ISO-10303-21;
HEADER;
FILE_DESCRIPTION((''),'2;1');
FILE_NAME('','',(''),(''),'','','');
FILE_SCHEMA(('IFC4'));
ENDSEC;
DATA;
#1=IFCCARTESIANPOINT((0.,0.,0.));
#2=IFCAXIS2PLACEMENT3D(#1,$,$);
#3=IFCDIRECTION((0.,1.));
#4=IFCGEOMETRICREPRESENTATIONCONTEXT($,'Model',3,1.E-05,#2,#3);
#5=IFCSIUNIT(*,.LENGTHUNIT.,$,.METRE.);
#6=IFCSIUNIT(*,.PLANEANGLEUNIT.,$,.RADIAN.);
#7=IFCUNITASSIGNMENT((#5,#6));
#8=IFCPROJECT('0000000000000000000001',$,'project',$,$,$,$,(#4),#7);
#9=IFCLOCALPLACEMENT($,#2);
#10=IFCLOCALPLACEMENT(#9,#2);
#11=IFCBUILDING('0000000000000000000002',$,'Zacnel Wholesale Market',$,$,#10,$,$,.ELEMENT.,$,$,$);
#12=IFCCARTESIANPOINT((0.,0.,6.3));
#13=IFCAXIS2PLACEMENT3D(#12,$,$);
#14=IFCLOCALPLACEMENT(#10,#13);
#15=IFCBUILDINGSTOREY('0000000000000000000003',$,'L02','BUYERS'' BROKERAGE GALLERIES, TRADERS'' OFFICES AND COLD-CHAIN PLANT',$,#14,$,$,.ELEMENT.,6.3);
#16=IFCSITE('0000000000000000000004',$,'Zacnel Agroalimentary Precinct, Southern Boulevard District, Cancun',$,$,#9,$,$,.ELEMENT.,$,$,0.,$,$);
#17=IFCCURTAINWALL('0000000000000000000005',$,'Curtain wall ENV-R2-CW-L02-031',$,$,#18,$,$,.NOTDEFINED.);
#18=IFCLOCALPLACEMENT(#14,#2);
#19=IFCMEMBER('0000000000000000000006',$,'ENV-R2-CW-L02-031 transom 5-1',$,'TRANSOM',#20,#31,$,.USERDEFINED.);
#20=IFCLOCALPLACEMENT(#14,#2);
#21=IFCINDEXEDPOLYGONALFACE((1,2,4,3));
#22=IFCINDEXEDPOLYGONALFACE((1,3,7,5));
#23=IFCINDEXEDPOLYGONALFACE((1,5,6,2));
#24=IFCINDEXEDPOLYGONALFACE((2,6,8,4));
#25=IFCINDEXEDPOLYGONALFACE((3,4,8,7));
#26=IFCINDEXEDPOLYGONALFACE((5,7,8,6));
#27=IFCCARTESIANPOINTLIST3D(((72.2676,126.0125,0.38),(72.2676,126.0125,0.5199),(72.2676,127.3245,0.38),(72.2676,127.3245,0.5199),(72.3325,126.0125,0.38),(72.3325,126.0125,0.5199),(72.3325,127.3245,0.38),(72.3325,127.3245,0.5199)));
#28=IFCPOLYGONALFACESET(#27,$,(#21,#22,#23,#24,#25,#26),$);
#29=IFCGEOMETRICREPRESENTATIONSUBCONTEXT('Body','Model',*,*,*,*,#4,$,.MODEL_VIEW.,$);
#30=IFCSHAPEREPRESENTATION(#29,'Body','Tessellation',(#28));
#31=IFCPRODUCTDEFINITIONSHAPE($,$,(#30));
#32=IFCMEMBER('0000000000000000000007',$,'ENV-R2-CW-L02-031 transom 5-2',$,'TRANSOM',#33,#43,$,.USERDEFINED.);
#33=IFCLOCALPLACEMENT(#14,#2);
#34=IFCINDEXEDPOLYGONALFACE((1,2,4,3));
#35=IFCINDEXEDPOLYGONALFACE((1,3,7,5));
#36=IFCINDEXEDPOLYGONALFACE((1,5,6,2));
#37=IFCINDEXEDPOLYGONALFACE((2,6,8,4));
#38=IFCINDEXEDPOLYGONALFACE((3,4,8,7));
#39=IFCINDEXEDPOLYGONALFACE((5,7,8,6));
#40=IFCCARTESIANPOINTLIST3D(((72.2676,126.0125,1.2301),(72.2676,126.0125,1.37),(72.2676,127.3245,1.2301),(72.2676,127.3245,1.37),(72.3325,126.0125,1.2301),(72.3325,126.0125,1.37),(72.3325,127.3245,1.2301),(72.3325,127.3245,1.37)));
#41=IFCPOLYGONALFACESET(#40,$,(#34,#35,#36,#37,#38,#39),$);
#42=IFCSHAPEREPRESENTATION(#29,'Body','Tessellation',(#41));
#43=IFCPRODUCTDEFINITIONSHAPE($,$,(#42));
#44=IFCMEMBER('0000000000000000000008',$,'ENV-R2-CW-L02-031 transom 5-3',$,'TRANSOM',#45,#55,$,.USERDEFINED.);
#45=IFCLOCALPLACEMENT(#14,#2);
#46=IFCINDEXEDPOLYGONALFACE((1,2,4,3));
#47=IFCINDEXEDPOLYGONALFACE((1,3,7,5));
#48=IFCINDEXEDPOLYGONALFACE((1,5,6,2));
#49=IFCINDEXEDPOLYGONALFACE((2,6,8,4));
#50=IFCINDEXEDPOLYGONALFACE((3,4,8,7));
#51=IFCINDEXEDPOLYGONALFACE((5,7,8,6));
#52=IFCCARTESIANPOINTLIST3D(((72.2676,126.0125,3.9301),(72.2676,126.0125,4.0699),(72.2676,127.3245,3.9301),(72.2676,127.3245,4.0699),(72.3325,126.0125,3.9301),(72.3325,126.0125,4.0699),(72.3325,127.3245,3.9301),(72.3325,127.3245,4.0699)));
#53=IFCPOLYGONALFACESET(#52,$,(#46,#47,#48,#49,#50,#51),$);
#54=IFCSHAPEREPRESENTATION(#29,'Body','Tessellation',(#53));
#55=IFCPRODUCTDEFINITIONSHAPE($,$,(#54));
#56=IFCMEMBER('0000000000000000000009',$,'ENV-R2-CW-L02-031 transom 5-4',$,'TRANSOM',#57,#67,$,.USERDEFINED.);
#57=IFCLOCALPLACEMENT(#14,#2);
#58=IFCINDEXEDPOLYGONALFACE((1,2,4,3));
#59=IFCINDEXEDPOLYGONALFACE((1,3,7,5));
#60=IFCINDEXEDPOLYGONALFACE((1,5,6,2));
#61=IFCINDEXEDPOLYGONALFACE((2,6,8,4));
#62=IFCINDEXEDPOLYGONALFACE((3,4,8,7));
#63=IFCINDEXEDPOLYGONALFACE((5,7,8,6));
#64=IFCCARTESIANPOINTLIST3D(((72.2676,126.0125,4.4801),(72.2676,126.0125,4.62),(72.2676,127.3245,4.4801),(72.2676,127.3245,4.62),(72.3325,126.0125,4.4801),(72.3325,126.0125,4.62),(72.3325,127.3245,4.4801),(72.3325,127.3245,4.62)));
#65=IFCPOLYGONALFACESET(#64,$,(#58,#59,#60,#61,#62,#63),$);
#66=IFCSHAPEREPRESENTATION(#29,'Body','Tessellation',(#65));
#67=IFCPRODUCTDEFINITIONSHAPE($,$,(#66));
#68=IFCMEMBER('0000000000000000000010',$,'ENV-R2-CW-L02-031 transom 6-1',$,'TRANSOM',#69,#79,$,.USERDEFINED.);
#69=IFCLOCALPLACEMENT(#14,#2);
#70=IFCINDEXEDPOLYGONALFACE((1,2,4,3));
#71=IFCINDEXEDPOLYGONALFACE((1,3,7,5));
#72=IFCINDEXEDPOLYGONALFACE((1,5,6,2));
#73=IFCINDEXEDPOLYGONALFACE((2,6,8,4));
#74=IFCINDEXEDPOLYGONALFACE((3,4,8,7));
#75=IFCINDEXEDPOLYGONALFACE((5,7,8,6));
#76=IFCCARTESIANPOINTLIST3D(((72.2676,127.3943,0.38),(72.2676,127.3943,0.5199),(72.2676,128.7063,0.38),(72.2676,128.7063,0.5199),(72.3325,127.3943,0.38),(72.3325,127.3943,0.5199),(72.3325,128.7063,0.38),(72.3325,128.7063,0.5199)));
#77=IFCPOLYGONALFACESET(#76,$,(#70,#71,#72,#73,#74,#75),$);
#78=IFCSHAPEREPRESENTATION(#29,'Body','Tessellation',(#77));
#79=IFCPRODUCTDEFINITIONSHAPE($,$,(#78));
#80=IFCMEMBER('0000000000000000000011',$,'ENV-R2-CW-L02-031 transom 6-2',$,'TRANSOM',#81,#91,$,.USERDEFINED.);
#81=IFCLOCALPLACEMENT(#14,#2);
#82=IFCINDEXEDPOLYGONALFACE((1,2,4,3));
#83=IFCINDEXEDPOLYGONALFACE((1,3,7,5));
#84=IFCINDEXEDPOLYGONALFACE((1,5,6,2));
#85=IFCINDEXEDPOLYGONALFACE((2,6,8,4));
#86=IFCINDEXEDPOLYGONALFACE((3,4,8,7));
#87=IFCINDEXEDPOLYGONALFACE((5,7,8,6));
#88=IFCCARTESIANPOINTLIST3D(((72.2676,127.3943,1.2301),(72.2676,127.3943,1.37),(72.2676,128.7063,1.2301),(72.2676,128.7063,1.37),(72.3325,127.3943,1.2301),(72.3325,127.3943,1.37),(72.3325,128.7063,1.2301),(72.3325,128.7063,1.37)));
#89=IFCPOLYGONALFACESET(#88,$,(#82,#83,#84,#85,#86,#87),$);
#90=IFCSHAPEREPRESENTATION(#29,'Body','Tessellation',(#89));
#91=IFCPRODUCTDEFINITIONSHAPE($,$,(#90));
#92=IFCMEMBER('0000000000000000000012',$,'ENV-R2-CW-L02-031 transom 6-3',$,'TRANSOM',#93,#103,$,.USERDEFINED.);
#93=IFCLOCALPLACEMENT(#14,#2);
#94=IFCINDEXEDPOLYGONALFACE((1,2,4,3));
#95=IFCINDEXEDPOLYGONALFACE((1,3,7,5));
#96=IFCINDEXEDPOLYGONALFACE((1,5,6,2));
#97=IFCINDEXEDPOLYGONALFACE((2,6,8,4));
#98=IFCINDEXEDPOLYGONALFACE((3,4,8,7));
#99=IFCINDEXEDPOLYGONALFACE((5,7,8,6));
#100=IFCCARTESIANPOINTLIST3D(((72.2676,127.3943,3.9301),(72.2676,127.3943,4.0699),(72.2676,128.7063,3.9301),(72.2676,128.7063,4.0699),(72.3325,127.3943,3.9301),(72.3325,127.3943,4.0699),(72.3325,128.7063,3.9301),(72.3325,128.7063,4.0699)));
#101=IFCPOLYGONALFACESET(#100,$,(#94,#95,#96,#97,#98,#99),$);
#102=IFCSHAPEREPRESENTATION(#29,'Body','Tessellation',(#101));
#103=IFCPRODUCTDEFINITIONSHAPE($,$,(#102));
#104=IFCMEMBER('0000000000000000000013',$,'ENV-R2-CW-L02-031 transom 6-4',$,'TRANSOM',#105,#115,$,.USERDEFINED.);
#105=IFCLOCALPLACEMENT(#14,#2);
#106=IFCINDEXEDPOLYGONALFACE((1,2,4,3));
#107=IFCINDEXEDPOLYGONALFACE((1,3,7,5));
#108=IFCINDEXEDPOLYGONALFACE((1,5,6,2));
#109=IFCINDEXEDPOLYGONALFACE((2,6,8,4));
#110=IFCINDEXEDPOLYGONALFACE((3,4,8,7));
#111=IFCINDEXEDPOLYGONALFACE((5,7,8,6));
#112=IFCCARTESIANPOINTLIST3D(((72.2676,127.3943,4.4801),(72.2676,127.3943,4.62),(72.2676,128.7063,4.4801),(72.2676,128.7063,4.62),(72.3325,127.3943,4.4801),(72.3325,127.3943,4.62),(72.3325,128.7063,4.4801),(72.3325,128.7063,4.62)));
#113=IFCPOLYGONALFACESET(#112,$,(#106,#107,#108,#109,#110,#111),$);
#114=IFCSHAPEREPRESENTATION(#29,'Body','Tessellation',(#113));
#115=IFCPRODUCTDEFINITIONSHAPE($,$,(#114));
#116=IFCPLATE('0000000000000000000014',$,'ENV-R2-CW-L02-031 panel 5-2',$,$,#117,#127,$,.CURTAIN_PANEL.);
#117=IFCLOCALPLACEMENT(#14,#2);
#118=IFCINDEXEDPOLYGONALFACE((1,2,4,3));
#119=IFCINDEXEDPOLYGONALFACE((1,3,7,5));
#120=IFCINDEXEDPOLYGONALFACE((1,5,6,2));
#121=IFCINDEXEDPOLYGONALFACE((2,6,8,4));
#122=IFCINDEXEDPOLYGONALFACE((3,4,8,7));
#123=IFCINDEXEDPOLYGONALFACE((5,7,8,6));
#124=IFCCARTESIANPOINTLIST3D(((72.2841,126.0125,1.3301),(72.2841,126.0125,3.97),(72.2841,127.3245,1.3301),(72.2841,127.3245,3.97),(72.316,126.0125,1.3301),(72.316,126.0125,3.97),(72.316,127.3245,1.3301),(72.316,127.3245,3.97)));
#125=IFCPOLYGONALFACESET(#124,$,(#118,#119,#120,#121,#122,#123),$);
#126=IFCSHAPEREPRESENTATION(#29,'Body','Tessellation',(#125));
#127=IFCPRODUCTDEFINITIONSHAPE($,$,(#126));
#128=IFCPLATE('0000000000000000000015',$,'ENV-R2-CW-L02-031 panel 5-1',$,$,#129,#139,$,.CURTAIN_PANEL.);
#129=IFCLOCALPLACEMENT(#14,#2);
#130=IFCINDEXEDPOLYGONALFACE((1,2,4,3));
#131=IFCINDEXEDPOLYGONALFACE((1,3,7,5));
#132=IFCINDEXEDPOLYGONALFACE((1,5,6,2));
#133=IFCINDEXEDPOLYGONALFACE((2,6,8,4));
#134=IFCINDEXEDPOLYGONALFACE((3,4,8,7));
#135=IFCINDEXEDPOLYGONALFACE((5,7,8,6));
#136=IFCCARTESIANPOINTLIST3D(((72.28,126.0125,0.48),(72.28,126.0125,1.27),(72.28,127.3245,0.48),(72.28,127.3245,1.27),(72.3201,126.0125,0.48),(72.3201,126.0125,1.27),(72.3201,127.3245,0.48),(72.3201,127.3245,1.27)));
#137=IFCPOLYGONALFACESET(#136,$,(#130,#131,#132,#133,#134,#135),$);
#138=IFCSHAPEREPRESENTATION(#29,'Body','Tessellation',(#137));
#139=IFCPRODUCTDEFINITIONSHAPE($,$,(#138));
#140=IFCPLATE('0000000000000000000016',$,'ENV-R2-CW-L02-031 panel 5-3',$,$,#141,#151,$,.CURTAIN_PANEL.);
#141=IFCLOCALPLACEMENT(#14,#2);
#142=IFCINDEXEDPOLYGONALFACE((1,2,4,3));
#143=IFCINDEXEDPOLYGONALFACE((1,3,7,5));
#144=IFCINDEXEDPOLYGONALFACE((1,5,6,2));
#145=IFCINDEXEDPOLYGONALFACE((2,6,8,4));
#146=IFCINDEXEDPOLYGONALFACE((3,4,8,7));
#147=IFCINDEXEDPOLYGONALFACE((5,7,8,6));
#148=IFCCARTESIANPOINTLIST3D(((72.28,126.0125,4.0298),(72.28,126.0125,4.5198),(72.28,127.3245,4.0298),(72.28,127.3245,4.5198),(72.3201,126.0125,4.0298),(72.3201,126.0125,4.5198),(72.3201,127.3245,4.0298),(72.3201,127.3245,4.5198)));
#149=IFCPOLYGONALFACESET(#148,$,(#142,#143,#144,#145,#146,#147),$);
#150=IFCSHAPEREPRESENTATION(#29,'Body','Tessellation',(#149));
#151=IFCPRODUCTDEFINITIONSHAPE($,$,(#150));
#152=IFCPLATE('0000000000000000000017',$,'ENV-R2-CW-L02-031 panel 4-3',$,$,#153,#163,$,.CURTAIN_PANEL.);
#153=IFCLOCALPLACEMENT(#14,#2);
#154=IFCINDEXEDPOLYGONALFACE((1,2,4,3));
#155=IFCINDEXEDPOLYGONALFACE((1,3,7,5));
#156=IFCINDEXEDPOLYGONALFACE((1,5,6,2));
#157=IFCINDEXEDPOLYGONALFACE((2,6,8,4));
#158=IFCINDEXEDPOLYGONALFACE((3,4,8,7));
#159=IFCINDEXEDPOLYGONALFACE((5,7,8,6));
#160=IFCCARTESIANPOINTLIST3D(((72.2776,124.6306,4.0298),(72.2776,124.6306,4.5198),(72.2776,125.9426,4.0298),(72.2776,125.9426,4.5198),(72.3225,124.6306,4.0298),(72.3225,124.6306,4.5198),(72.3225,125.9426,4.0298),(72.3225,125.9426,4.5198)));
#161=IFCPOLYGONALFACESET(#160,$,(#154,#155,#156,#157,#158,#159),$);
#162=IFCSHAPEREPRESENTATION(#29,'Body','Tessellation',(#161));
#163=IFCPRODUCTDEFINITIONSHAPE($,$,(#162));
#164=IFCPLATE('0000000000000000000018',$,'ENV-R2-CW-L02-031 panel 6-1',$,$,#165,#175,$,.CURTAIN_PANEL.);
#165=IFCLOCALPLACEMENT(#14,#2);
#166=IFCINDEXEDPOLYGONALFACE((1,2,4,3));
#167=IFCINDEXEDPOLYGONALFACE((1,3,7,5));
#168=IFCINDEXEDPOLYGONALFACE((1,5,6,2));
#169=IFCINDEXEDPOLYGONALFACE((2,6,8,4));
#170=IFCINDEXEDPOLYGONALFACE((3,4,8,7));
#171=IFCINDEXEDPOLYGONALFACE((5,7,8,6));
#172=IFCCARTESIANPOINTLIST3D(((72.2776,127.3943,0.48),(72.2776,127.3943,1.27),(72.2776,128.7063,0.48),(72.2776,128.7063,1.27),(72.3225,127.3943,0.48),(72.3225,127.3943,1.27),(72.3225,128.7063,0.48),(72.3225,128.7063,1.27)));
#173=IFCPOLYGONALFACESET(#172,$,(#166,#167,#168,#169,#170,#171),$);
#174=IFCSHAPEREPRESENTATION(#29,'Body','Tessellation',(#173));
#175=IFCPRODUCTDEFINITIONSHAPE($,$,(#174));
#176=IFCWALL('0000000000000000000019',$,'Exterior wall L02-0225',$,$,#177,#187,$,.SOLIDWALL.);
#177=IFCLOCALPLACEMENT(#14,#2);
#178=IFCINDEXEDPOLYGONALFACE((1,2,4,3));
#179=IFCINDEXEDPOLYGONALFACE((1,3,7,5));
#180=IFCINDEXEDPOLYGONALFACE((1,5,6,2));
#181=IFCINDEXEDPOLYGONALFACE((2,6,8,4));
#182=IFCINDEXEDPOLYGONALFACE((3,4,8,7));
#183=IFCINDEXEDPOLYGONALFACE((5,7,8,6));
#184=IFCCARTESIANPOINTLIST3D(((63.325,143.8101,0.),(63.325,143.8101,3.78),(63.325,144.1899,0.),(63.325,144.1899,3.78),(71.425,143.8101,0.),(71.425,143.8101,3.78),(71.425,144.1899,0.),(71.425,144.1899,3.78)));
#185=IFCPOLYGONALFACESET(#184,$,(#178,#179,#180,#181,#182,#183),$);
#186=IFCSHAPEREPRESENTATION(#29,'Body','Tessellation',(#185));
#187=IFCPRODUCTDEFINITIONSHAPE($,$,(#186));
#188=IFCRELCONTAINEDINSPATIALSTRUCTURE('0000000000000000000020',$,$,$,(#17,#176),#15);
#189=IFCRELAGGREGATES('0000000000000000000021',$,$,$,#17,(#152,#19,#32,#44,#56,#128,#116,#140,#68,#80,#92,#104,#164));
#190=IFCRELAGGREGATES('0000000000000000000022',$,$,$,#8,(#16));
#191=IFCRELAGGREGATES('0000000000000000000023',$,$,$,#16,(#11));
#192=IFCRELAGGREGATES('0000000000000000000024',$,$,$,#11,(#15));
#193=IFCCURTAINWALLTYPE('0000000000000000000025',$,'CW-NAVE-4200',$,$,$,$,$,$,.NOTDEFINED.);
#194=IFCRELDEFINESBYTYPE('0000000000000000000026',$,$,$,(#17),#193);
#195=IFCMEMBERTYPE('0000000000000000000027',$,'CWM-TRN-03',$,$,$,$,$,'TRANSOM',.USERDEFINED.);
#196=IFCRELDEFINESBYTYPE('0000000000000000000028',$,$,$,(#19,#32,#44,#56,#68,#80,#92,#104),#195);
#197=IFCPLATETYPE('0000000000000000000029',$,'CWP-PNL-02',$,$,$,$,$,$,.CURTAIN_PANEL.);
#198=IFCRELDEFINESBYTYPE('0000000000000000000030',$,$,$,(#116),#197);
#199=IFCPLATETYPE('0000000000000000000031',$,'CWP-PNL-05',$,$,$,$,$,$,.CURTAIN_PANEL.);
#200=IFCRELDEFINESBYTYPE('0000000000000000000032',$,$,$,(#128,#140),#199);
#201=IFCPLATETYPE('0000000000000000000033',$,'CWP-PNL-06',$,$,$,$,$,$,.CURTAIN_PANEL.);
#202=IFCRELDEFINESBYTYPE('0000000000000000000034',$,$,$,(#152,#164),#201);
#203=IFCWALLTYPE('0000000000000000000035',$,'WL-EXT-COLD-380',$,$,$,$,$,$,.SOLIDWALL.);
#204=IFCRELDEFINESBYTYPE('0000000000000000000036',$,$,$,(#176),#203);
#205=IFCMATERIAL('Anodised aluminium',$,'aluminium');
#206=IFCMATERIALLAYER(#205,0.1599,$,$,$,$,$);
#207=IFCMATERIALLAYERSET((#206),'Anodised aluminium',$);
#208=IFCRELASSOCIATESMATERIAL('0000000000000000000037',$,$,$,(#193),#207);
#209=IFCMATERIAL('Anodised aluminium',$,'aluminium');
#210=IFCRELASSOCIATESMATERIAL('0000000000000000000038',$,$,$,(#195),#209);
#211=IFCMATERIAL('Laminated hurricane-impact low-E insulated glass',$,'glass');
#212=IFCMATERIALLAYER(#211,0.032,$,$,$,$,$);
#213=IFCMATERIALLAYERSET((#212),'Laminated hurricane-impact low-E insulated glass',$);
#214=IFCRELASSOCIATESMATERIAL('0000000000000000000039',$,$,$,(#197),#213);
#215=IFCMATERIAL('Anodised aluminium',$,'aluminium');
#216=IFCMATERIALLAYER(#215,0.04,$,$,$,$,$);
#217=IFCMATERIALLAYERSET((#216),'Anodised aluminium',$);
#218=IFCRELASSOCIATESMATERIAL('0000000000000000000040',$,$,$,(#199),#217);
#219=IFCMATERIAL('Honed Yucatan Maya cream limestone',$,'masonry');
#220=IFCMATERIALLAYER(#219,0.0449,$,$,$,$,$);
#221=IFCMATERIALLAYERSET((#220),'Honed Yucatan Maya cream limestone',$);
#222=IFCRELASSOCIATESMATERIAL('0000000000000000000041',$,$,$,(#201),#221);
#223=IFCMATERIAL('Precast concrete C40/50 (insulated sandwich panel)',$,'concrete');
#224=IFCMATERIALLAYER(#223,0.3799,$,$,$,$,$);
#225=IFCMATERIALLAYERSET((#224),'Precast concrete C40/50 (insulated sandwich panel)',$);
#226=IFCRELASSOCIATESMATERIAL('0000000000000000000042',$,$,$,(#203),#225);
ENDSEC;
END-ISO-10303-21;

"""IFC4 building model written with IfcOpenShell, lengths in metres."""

from ifc_helpers import new_model, si_unit, direction, frame, frame_2d, origin, origin_2d, place, context, subcontext, project, spatial, rectangle, extrude, material, layer, layer_set, material_profile, profile_set, type_object, element, aggregate, save


model = new_model("IFC4")

# Units and contexts
model_context = context("Model", 3, precision=1e-05, world=origin(), true_north=direction((0.0, 1.0)))
body_context = subcontext(model_context, "Body", "Model", "MODEL_VIEW")
ifc_project = project(units=[si_unit("LENGTHUNIT", "METRE"), si_unit("PLANEANGLEUNIT", "RADIAN")], contexts=[model_context])

# Site, building, storey
site_placement = place(None, origin())
site = spatial("IfcSite", under=ifc_project, at=site_placement, Name="Zacnel Agroalimentary Precinct, Southern Boulevard District, Cancun", CompositionType="ELEMENT", RefElevation=0.0)
building_placement = place(site_placement, origin())
building = spatial("IfcBuilding", under=site, at=building_placement, Name="Zacnel Wholesale Market", CompositionType="ELEMENT")
storey_placement = place(building_placement, frame((0.0, 0.0, 6.3)))
storey = spatial("IfcBuildingStorey", under=building, at=storey_placement, Name="L02", Description="BUYERS' BROKERAGE GALLERIES, TRADERS' OFFICES AND COLD-CHAIN PLANT", CompositionType="ELEMENT", Elevation=6.3)

# Curtain wall, members, plates
ifc_material_1 = material(Name="Anodised aluminium", Category="aluminium")
ifc_layer_1 = layer(ifc_material_1, 0.1599)
ifc_layer_set_1 = layer_set([ifc_layer_1], Name="Anodised aluminium")
curtain_wall_type = type_object("IfcCurtainWallType", Name="CW-NAVE-4200", PredefinedType="NOTDEFINED", material=ifc_layer_set_1)
curtain_wall_placement = place(storey_placement, origin())
curtain_wall = element("IfcCurtainWall", 1, at=curtain_wall_placement, inside=storey, type_object=curtain_wall_type, Name="Curtain wall ENV-R2-CW-L02-031", PredefinedType="NOTDEFINED")
ifc_material_2 = material(Name="Anodised aluminium", Category="aluminium")
ifc_material_profile_1 = material_profile(ifc_material_2, rectangle(XDim=0.0649, YDim=0.1399, at=origin_2d()), Name="AW-TRANSOM 65x140")
ifc_profile_set_1 = profile_set([ifc_material_profile_1], Name="Anodised aluminium")
member_type_1 = type_object("IfcMemberType", Name="CWM-TRN-03", ElementType="TRANSOM", PredefinedType="USERDEFINED", material=ifc_profile_set_1)
member_1_placement = place(storey_placement, frame((72.3, 126.0125, 0.45), z_axis=(0.0, 1.0, 0.0), x_axis=(-1.0, 0.0, 0.0)))
member_1 = element("IfcMember", 2, at=member_1_placement, type_object=member_type_1, Name="ENV-R2-CW-L02-031 transom 5-1", ObjectType="TRANSOM", PredefinedType="USERDEFINED", context=body_context, shape_type="SweptSolid", body=[
    extrude(rectangle(XDim=0.0649, YDim=0.1399, at=origin_2d()), origin(), (0.0, 0.0, 1.0), 1.312),
])
member_2_placement = place(storey_placement, frame((72.3, 126.0125, 1.3), z_axis=(0.0, 1.0, 0.0), x_axis=(-1.0, 0.0, 0.0)))
member_2 = element("IfcMember", 3, at=member_2_placement, type_object=member_type_1, Name="ENV-R2-CW-L02-031 transom 5-2", ObjectType="TRANSOM", PredefinedType="USERDEFINED", context=body_context, shape_type="SweptSolid", body=[
    extrude(rectangle(XDim=0.0649, YDim=0.1399, at=origin_2d()), origin(), (0.0, 0.0, 1.0), 1.312),
])
member_3_placement = place(storey_placement, frame((72.3, 126.0125, 4.0), z_axis=(0.0, 1.0, 0.0), x_axis=(-1.0, 0.0, 0.0)))
member_3 = element("IfcMember", 4, at=member_3_placement, type_object=member_type_1, Name="ENV-R2-CW-L02-031 transom 5-3", ObjectType="TRANSOM", PredefinedType="USERDEFINED", context=body_context, shape_type="SweptSolid", body=[
    extrude(rectangle(XDim=0.0649, YDim=0.1399, at=origin_2d()), origin(), (0.0, 0.0, 1.0), 1.312),
])
member_4_placement = place(storey_placement, frame((72.3, 126.0125, 4.55), z_axis=(0.0, 1.0, 0.0), x_axis=(-1.0, 0.0, 0.0)))
member_4 = element("IfcMember", 5, at=member_4_placement, type_object=member_type_1, Name="ENV-R2-CW-L02-031 transom 5-4", ObjectType="TRANSOM", PredefinedType="USERDEFINED", context=body_context, shape_type="SweptSolid", body=[
    extrude(rectangle(XDim=0.0649, YDim=0.1399, at=origin_2d()), origin(), (0.0, 0.0, 1.0), 1.312),
])
member_5_placement = place(storey_placement, frame((72.3, 127.3943, 0.45), z_axis=(0.0, 1.0, 0.0), x_axis=(-1.0, 0.0, 0.0)))
member_5 = element("IfcMember", 6, at=member_5_placement, type_object=member_type_1, Name="ENV-R2-CW-L02-031 transom 6-1", ObjectType="TRANSOM", PredefinedType="USERDEFINED", context=body_context, shape_type="SweptSolid", body=[
    extrude(rectangle(XDim=0.0649, YDim=0.1399, at=origin_2d()), origin(), (0.0, 0.0, 1.0), 1.312),
])
member_6_placement = place(storey_placement, frame((72.3, 127.3943, 1.3), z_axis=(0.0, 1.0, 0.0), x_axis=(-1.0, 0.0, 0.0)))
member_6 = element("IfcMember", 7, at=member_6_placement, type_object=member_type_1, Name="ENV-R2-CW-L02-031 transom 6-2", ObjectType="TRANSOM", PredefinedType="USERDEFINED", context=body_context, shape_type="SweptSolid", body=[
    extrude(rectangle(XDim=0.0649, YDim=0.1399, at=origin_2d()), origin(), (0.0, 0.0, 1.0), 1.312),
])
member_7_placement = place(storey_placement, frame((72.3, 127.3943, 4.0), z_axis=(0.0, 1.0, 0.0), x_axis=(-1.0, 0.0, 0.0)))
member_7 = element("IfcMember", 8, at=member_7_placement, type_object=member_type_1, Name="ENV-R2-CW-L02-031 transom 6-3", ObjectType="TRANSOM", PredefinedType="USERDEFINED", context=body_context, shape_type="SweptSolid", body=[
    extrude(rectangle(XDim=0.0649, YDim=0.1399, at=origin_2d()), origin(), (0.0, 0.0, 1.0), 1.312),
])
member_8_placement = place(storey_placement, frame((72.3, 127.3943, 4.55), z_axis=(0.0, 1.0, 0.0), x_axis=(-1.0, 0.0, 0.0)))
member_8 = element("IfcMember", 9, at=member_8_placement, type_object=member_type_1, Name="ENV-R2-CW-L02-031 transom 6-4", ObjectType="TRANSOM", PredefinedType="USERDEFINED", context=body_context, shape_type="SweptSolid", body=[
    extrude(rectangle(XDim=0.0649, YDim=0.1399, at=origin_2d()), origin(), (0.0, 0.0, 1.0), 1.312),
])
ifc_material_3 = material(Name="Laminated hurricane-impact low-E insulated glass", Category="glass")
ifc_layer_2 = layer(ifc_material_3, 0.032)
ifc_layer_set_2 = layer_set([ifc_layer_2], Name="Laminated hurricane-impact low-E insulated glass")
plate_type_1 = type_object("IfcPlateType", Name="CWP-PNL-02", PredefinedType="CURTAIN_PANEL", material=ifc_layer_set_2)
plate_1_placement = place(storey_placement, frame((72.3, 126.6685, 1.3301), z_axis=(0.0, 0.0, 1.0), x_axis=(0.0, 1.0, 0.0)))
plate_1 = element("IfcPlate", 10, at=plate_1_placement, type_object=plate_type_1, Name="ENV-R2-CW-L02-031 panel 5-2", PredefinedType="CURTAIN_PANEL", context=body_context, shape_type="SweptSolid", body=[
    extrude(rectangle(XDim=1.312, YDim=0.032, at=origin_2d()), origin(), (0.0, 0.0, 1.0), 2.6399),
])
ifc_material_4 = material(Name="Anodised aluminium", Category="aluminium")
ifc_layer_3 = layer(ifc_material_4, 0.04)
ifc_layer_set_3 = layer_set([ifc_layer_3], Name="Anodised aluminium")
plate_type_2 = type_object("IfcPlateType", Name="CWP-PNL-05", PredefinedType="CURTAIN_PANEL", material=ifc_layer_set_3)
plate_2_placement = place(storey_placement, frame((72.3, 126.6685, 0.48), z_axis=(0.0, 0.0, 1.0), x_axis=(0.0, 1.0, 0.0)))
plate_2 = element("IfcPlate", 11, at=plate_2_placement, type_object=plate_type_2, Name="ENV-R2-CW-L02-031 panel 5-1", PredefinedType="CURTAIN_PANEL", context=body_context, shape_type="SweptSolid", body=[
    extrude(rectangle(XDim=1.312, YDim=0.04, at=origin_2d()), origin(), (0.0, 0.0, 1.0), 0.79),
])
plate_3_placement = place(storey_placement, frame((72.3, 126.6685, 4.0298), z_axis=(0.0, 0.0, 1.0), x_axis=(0.0, 1.0, 0.0)))
plate_3 = element("IfcPlate", 12, at=plate_3_placement, type_object=plate_type_2, Name="ENV-R2-CW-L02-031 panel 5-3", PredefinedType="CURTAIN_PANEL", context=body_context, shape_type="SweptSolid", body=[
    extrude(rectangle(XDim=1.312, YDim=0.04, at=origin_2d()), origin(), (0.0, 0.0, 1.0), 0.49),
])
ifc_material_5 = material(Name="Honed Yucatan Maya cream limestone", Category="masonry")
ifc_layer_4 = layer(ifc_material_5, 0.0449)
ifc_layer_set_4 = layer_set([ifc_layer_4], Name="Honed Yucatan Maya cream limestone")
plate_type_3 = type_object("IfcPlateType", Name="CWP-PNL-06", PredefinedType="CURTAIN_PANEL", material=ifc_layer_set_4)
plate_4_placement = place(storey_placement, frame((72.3, 125.2866, 4.0298), z_axis=(0.0, 0.0, 1.0), x_axis=(0.0, 1.0, 0.0)))
plate_4 = element("IfcPlate", 13, at=plate_4_placement, type_object=plate_type_3, Name="ENV-R2-CW-L02-031 panel 4-3", PredefinedType="CURTAIN_PANEL", context=body_context, shape_type="SweptSolid", body=[
    extrude(rectangle(XDim=1.312, YDim=0.0449, at=origin_2d()), origin(), (0.0, 0.0, 1.0), 0.49),
])
plate_5_placement = place(storey_placement, frame((72.3, 128.0503, 0.48), z_axis=(0.0, 0.0, 1.0), x_axis=(0.0, 1.0, 0.0)))
plate_5 = element("IfcPlate", 14, at=plate_5_placement, type_object=plate_type_3, Name="ENV-R2-CW-L02-031 panel 6-1", PredefinedType="CURTAIN_PANEL", context=body_context, shape_type="SweptSolid", body=[
    extrude(rectangle(XDim=1.312, YDim=0.0449, at=origin_2d()), origin(), (0.0, 0.0, 1.0), 0.79),
])
aggregate(curtain_wall, [plate_4, member_1, member_2, member_3, member_4, plate_2, plate_1, plate_3, member_5, member_6, member_7, member_8, plate_5])

# Wall
ifc_material_6 = material(Name="Precast concrete C40/50 (insulated sandwich panel)", Category="concrete")
ifc_layer_5 = layer(ifc_material_6, 0.3799)
ifc_layer_set_5 = layer_set([ifc_layer_5], Name="Precast concrete C40/50 (insulated sandwich panel)")
wall_type = type_object("IfcWallType", Name="WL-EXT-COLD-380", PredefinedType="SOLIDWALL", material=ifc_layer_set_5)
wall_1_placement = place(storey_placement, frame((63.325, 144.0, 0.0), z_axis=(0.0, 0.0, 1.0), x_axis=(1.0, 0.0, 0.0)))
element("IfcWall", 15, at=wall_1_placement, inside=storey, type_object=wall_type, Name="Exterior wall L02-0225", PredefinedType="SOLIDWALL", context=body_context, shape_type="SweptSolid", body=[
    extrude(rectangle(XDim=8.1001, YDim=0.3799, at=frame_2d((4.05, 0.0))), origin(), (0.0, 0.0, 1.0), 3.78),
])

save(model, "model.ifc")
